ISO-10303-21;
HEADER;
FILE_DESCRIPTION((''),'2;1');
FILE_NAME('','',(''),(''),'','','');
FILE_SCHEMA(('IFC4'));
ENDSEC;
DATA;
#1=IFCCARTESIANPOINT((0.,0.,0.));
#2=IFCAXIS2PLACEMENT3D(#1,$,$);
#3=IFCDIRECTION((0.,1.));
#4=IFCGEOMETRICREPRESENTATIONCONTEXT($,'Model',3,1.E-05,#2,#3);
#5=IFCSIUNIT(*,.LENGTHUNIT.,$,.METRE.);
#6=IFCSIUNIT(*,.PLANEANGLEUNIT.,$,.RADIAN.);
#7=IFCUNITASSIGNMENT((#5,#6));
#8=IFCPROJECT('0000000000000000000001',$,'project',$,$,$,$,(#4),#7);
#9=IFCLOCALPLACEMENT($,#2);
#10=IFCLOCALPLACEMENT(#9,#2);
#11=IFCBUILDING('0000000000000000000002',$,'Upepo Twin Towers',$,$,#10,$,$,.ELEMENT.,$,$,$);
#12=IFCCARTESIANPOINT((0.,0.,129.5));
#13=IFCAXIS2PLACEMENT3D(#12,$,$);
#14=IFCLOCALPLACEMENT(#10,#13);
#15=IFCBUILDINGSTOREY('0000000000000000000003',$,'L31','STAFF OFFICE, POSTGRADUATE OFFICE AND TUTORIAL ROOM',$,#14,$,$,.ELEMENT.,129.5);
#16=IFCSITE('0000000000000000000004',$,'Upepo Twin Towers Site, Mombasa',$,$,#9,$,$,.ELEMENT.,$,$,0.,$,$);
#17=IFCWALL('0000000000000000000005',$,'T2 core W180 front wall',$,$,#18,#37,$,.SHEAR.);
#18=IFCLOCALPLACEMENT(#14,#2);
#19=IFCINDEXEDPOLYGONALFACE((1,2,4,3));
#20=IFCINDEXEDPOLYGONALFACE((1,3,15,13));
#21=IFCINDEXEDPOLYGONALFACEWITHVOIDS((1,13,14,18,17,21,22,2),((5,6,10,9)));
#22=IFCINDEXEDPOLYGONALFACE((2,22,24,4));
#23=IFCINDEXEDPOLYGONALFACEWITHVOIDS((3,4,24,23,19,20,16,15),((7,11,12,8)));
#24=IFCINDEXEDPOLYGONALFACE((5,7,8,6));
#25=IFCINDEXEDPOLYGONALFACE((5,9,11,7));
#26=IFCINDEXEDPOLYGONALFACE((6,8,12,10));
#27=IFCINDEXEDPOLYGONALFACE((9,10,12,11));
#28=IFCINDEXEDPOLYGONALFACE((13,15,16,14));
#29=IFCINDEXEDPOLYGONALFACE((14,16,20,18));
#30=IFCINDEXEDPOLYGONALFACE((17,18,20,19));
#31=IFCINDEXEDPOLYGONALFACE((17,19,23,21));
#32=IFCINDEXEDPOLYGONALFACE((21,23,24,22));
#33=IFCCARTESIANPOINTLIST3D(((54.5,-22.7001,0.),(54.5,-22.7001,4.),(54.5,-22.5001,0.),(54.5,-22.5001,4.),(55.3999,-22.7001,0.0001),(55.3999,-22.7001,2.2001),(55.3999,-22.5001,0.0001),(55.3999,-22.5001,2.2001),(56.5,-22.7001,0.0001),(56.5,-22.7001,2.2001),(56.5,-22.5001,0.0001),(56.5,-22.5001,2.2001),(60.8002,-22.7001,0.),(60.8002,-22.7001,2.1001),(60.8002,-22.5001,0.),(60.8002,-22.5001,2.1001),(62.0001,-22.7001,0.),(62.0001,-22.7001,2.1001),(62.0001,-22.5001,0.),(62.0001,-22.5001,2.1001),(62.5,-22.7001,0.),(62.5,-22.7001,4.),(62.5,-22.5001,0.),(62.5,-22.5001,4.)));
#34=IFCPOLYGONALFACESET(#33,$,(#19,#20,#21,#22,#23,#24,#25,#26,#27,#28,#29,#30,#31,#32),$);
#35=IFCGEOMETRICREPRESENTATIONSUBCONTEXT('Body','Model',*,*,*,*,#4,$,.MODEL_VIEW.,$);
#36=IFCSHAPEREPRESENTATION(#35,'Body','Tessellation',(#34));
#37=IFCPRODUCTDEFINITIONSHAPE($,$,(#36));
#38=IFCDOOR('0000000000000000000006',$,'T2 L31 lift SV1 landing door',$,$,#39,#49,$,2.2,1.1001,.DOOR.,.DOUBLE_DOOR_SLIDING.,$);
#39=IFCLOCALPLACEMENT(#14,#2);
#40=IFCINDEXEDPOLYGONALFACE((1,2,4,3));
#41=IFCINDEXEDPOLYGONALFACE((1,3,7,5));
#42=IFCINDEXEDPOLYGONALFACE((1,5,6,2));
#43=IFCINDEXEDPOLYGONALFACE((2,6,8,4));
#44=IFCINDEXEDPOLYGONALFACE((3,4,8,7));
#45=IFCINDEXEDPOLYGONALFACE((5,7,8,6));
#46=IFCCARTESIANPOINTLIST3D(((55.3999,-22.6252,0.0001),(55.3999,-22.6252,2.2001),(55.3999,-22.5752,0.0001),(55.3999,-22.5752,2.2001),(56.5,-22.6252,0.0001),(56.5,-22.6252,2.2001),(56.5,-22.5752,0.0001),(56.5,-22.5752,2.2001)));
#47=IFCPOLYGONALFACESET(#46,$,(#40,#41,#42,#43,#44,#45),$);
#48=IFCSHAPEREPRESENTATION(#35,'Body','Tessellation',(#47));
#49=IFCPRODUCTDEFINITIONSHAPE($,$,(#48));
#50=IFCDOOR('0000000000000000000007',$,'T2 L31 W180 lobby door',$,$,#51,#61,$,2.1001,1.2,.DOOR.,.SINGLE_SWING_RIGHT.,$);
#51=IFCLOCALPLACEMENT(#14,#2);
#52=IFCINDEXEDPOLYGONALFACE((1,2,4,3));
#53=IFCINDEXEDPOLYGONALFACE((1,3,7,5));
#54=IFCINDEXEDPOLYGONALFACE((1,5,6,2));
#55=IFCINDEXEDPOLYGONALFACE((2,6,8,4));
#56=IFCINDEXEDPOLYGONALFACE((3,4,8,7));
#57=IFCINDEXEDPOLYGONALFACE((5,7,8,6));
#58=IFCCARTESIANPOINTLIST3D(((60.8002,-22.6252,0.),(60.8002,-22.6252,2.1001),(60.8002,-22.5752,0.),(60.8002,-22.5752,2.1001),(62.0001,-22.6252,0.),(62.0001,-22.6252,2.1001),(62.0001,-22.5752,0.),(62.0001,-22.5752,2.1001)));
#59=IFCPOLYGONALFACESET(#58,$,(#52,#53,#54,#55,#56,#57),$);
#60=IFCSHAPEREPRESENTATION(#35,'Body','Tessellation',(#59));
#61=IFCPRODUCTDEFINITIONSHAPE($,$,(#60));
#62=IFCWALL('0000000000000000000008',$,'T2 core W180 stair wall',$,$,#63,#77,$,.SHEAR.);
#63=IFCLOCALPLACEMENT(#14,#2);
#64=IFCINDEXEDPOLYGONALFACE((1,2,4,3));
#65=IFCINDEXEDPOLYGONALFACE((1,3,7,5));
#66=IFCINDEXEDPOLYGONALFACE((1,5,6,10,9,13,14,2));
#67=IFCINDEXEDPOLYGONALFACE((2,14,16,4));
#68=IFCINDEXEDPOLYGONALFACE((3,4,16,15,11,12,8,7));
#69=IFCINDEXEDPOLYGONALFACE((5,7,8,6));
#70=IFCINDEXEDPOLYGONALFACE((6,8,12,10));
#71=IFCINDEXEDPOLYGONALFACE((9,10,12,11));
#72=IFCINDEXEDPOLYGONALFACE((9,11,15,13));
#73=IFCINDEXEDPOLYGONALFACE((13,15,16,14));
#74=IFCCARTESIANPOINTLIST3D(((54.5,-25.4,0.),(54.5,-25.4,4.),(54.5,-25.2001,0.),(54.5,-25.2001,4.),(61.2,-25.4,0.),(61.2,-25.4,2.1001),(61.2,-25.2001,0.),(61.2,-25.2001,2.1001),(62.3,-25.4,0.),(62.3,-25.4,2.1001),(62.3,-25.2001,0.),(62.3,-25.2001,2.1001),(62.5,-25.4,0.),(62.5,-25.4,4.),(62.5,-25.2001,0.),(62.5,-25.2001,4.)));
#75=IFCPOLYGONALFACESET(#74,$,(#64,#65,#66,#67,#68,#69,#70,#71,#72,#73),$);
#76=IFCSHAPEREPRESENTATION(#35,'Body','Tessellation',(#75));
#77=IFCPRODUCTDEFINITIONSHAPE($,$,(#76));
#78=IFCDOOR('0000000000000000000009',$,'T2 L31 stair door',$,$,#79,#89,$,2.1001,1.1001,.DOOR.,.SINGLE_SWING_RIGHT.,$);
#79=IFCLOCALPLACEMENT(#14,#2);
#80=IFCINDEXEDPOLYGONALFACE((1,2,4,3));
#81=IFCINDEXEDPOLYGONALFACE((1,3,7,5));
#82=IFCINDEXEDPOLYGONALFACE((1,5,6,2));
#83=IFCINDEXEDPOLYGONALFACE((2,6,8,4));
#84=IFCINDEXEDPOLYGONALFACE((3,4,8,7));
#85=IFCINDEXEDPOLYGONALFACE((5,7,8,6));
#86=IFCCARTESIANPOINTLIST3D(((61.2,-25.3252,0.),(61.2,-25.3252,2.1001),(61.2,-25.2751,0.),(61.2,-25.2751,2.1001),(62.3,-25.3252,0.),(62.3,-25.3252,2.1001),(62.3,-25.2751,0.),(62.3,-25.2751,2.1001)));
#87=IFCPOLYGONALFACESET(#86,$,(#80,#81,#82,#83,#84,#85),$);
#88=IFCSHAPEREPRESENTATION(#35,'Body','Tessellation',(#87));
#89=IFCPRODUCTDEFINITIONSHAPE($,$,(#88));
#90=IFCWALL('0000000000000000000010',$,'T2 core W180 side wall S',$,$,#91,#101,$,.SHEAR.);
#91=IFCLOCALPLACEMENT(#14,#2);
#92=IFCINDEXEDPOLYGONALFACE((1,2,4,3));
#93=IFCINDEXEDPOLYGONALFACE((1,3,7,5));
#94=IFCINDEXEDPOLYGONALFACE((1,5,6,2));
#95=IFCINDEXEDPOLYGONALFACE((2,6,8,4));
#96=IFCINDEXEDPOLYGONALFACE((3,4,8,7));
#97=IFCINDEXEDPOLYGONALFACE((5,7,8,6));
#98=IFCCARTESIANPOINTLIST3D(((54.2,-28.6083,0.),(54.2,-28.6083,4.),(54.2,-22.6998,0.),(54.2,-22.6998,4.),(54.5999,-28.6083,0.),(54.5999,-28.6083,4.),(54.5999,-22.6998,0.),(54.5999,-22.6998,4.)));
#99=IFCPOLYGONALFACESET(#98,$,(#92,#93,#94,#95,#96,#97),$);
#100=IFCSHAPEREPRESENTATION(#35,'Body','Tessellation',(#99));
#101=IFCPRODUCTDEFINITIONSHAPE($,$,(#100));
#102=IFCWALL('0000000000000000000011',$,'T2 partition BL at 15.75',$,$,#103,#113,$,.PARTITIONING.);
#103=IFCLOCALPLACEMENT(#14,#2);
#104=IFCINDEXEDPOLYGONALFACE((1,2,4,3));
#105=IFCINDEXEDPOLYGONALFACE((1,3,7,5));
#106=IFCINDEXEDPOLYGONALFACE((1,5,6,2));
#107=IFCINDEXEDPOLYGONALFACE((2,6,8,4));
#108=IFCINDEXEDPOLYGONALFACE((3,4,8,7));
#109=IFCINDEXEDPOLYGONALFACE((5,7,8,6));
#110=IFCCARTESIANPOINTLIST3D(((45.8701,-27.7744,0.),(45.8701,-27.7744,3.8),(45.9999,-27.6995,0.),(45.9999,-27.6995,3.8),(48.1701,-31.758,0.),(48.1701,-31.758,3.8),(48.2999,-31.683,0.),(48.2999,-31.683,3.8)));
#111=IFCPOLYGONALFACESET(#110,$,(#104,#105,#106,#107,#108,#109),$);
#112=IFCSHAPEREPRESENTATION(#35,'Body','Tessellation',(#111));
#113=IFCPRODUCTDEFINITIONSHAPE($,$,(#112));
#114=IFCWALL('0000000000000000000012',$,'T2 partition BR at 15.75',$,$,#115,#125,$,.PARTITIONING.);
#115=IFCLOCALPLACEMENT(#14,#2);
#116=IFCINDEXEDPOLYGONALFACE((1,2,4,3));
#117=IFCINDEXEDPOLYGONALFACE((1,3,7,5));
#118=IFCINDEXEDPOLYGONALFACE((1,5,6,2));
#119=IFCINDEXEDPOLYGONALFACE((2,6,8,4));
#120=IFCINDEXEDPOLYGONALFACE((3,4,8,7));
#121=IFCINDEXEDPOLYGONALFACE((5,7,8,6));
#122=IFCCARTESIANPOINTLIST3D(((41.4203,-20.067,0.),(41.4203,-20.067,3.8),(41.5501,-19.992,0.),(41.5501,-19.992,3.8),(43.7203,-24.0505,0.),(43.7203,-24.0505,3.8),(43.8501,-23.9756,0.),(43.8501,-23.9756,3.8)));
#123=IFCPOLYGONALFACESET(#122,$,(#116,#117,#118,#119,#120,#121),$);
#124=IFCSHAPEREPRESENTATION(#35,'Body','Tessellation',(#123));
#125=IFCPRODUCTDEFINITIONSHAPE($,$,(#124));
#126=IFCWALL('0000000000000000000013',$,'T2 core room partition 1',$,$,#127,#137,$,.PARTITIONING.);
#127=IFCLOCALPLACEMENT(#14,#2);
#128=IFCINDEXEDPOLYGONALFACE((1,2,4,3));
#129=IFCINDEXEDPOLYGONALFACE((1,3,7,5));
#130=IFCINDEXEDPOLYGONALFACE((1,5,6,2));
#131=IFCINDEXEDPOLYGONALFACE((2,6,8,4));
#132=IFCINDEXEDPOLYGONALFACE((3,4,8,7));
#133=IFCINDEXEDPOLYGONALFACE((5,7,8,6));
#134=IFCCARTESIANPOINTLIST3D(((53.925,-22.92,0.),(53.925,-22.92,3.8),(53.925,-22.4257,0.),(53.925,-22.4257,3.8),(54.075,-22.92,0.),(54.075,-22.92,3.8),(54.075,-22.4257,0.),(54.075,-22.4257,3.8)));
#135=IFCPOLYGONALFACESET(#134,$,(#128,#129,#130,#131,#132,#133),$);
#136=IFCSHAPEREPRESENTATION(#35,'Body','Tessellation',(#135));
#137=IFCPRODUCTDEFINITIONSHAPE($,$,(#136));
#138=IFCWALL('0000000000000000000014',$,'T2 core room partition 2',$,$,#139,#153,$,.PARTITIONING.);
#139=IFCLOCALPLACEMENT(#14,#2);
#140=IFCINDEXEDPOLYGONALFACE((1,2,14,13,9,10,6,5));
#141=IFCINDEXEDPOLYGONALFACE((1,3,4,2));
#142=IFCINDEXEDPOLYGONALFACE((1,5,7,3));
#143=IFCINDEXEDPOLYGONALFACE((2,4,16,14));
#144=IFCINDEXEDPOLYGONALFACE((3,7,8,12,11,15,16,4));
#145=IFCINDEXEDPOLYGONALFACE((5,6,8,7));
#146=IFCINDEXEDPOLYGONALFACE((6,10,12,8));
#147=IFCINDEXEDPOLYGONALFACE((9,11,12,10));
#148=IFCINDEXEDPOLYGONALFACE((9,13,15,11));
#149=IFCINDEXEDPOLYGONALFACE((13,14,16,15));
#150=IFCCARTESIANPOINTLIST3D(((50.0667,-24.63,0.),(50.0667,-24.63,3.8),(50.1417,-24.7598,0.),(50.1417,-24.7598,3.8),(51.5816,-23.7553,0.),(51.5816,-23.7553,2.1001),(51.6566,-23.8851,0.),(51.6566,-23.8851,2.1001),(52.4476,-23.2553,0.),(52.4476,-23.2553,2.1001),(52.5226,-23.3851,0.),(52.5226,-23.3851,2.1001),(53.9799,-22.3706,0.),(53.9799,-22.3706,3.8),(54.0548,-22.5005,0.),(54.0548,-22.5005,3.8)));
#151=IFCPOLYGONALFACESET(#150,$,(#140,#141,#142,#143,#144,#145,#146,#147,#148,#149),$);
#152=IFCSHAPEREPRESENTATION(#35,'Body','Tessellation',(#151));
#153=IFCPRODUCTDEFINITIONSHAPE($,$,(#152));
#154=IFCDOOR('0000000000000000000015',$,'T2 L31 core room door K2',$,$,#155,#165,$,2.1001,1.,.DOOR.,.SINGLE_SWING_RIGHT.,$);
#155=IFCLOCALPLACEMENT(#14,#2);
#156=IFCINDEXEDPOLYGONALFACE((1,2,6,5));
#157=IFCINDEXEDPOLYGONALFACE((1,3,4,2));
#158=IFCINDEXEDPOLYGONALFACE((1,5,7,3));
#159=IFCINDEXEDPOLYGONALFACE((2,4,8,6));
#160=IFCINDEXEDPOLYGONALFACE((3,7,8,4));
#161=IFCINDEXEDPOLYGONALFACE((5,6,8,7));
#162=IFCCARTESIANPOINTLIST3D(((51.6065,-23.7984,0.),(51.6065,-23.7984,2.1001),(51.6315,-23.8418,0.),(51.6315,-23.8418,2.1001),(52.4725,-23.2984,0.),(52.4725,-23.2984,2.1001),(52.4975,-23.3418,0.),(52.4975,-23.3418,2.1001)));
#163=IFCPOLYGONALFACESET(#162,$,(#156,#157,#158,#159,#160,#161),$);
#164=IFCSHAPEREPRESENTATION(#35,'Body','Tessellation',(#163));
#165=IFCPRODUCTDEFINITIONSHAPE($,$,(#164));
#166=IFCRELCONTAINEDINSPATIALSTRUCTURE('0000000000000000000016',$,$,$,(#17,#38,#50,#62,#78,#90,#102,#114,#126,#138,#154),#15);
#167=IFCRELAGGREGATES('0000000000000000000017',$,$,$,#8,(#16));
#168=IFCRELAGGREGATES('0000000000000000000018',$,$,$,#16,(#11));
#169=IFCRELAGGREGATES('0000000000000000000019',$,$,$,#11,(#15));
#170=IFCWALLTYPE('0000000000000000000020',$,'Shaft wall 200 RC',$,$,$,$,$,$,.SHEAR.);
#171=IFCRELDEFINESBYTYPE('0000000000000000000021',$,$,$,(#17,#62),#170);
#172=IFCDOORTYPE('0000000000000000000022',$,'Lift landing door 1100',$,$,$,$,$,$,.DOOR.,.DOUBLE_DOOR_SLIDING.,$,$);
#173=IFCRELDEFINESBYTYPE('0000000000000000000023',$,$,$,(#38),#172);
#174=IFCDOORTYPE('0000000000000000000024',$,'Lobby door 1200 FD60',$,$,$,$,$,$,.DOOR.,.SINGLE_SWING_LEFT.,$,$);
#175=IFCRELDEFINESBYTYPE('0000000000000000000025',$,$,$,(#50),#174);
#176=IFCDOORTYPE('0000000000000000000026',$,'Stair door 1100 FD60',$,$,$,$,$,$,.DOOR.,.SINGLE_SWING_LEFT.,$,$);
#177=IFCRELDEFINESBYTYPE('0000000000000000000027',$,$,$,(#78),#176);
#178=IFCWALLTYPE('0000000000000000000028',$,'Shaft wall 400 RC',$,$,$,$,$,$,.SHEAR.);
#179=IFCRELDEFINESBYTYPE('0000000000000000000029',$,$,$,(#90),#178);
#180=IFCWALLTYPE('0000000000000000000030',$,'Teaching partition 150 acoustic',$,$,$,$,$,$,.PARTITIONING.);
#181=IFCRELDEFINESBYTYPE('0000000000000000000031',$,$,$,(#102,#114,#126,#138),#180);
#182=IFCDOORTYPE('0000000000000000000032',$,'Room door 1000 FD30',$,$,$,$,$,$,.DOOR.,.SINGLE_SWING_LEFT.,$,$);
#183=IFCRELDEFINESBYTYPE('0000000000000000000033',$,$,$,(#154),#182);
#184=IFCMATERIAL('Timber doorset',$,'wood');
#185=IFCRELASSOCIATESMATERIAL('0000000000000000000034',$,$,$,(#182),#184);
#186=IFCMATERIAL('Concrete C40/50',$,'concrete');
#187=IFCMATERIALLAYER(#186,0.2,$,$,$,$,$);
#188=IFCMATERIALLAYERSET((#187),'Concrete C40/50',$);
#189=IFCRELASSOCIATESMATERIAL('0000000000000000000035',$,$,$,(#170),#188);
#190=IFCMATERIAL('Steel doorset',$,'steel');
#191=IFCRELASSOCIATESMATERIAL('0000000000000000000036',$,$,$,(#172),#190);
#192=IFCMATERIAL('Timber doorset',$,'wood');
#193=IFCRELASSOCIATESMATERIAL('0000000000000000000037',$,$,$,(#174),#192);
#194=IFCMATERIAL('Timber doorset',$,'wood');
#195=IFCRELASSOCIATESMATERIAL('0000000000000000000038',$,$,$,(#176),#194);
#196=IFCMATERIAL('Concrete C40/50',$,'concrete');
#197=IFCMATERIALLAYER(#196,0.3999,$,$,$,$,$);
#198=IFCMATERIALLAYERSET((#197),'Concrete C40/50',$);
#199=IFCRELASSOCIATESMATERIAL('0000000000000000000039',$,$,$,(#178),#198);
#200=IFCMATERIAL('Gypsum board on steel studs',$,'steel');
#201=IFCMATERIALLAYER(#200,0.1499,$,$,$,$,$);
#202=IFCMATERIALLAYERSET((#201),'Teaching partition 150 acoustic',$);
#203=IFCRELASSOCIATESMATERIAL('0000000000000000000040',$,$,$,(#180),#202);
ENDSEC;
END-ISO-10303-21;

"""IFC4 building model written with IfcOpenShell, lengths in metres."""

from ifc_helpers import new_model, si_unit, direction, frame, frame_2d, origin, place, context, subcontext, project, spatial, rectangle, extrude, material, layer, layer_set, type_object, element, fill, save


model = new_model("IFC4")

# Units and contexts
model_context = context("Model", 3, precision=1e-05, world=origin(), true_north=direction((0.0, 1.0)))
body_context = subcontext(model_context, "Body", "Model", "MODEL_VIEW")
ifc_project = project(units=[si_unit("LENGTHUNIT", "METRE"), si_unit("PLANEANGLEUNIT", "RADIAN")], contexts=[model_context])

# Site, building, storey
site_placement = place(None, origin())
site = spatial("IfcSite", under=ifc_project, at=site_placement, Name="Upepo Twin Towers Site, Mombasa", CompositionType="ELEMENT", RefElevation=0.0)
building_placement = place(site_placement, origin())
building = spatial("IfcBuilding", under=site, at=building_placement, Name="Upepo Twin Towers", CompositionType="ELEMENT")
storey_placement = place(building_placement, frame((0.0, 0.0, 129.5)))
storey = spatial("IfcBuildingStorey", under=building, at=storey_placement, Name="L31", Description="STAFF OFFICE, POSTGRADUATE OFFICE AND TUTORIAL ROOM", CompositionType="ELEMENT", Elevation=129.5)

# Shared definitions
ifc_material_1 = material(Name="Timber doorset", Category="wood")
door_type_1 = type_object("IfcDoorType", Name="Room door 1000 FD30", OperationType="SINGLE_SWING_LEFT", PredefinedType="DOOR", material=ifc_material_1)

# Wall, openings, doors
ifc_material_2 = material(Name="Concrete C40/50", Category="concrete")
ifc_layer_1 = layer(ifc_material_2, 0.2)
ifc_layer_set_1 = layer_set([ifc_layer_1], Name="Concrete C40/50")
wall_type_1 = type_object("IfcWallType", Name="Shaft wall 200 RC", PredefinedType="SHEAR", material=ifc_layer_set_1)
wall_1_placement = place(storey_placement, frame((54.5, -22.6001, 0.0), z_axis=(0.0, 0.0, 1.0), x_axis=(1.0, 0.0, 0.0)))
wall_1 = element("IfcWall", 1, at=wall_1_placement, inside=storey, type_object=wall_type_1, Name="T2 core W180 front wall", PredefinedType="SHEAR", context=body_context, shape_type="SweptSolid", body=[
    extrude(rectangle(XDim=8.0, YDim=0.2, at=frame_2d((4.0, 0.0))), origin(), (0.0, 0.0, 1.0), 4.0),
])
opening_1_placement = place(wall_1_placement, frame((6.3, 0.0, 0.0)))
opening_1 = element("IfcOpeningElement", 2, at=opening_1_placement, cuts=wall_1, PredefinedType="OPENING", context=body_context, shape_type="SweptSolid", body=[
    extrude(rectangle(XDim=1.2, YDim=2.1001, at=frame_2d((0.6001, 1.05))), frame((0.0, 0.1099, 0.0), z_axis=(0.0, -1.0, 0.0), x_axis=(1.0, 0.0, 0.0)), (0.0, 0.0, 1.0), 0.22),
])
opening_2_placement = place(wall_1_placement, frame((0.8999, 0.0, 0.0)))
opening_2 = element("IfcOpeningElement", 3, at=opening_2_placement, cuts=wall_1, PredefinedType="OPENING", context=body_context, shape_type="SweptSolid", body=[
    extrude(rectangle(XDim=1.1001, YDim=2.2, at=frame_2d((0.55, 1.1001))), frame((0.0, 0.1099, 0.0), z_axis=(0.0, -1.0, 0.0), x_axis=(1.0, 0.0, 0.0)), (0.0, 0.0, 1.0), 0.22),
])
ifc_material_3 = material(Name="Steel doorset", Category="steel")
door_type_2 = type_object("IfcDoorType", Name="Lift landing door 1100", OperationType="DOUBLE_DOOR_SLIDING", PredefinedType="DOOR", material=ifc_material_3)
door_1_placement = place(opening_2_placement, origin())
door_1 = element("IfcDoor", 4, at=door_1_placement, inside=storey, type_object=door_type_2, Name="T2 L31 lift SV1 landing door", OperationType="DOUBLE_DOOR_SLIDING", OverallHeight=2.2, OverallWidth=1.1001, PredefinedType="DOOR", context=body_context, shape_type="SweptSolid", body=[
    extrude(rectangle(XDim=1.1001, YDim=2.2, at=frame_2d((0.55, 1.1001))), frame((0.0, 0.0249, 0.0), z_axis=(0.0, -1.0, 0.0), x_axis=(1.0, 0.0, 0.0)), (0.0, 0.0, 1.0), 0.05),
])
fill(opening_2, door_1)
ifc_material_4 = material(Name="Timber doorset", Category="wood")
door_type_3 = type_object("IfcDoorType", Name="Lobby door 1200 FD60", OperationType="SINGLE_SWING_LEFT", PredefinedType="DOOR", material=ifc_material_4)
door_2_placement = place(opening_1_placement, origin())
door_2 = element("IfcDoor", 5, at=door_2_placement, inside=storey, type_object=door_type_3, Name="T2 L31 W180 lobby door", OperationType="SINGLE_SWING_RIGHT", OverallHeight=2.1001, OverallWidth=1.2, PredefinedType="DOOR", context=body_context, shape_type="SweptSolid", body=[
    extrude(rectangle(XDim=1.2, YDim=2.1001, at=frame_2d((0.6001, 1.05))), frame((0.0, 0.0249, 0.0), z_axis=(0.0, -1.0, 0.0), x_axis=(1.0, 0.0, 0.0)), (0.0, 0.0, 1.0), 0.05),
])
fill(opening_1, door_2)

# Wall, opening, door
wall_2_placement = place(storey_placement, frame((54.5, -25.3, 0.0), z_axis=(0.0, 0.0, 1.0), x_axis=(1.0, 0.0, 0.0)))
wall_2 = element("IfcWall", 6, at=wall_2_placement, inside=storey, type_object=wall_type_1, Name="T2 core W180 stair wall", PredefinedType="SHEAR", context=body_context, shape_type="SweptSolid", body=[
    extrude(rectangle(XDim=8.0, YDim=0.2, at=frame_2d((4.0, 0.0))), origin(), (0.0, 0.0, 1.0), 4.0),
])
opening_3_placement = place(wall_2_placement, frame((6.7, 0.0, 0.0)))
opening_3 = element("IfcOpeningElement", 7, at=opening_3_placement, cuts=wall_2, PredefinedType="OPENING", context=body_context, shape_type="SweptSolid", body=[
    extrude(rectangle(XDim=1.1001, YDim=2.1001, at=frame_2d((0.55, 1.05))), frame((0.0, 0.1099, 0.0), z_axis=(0.0, -1.0, 0.0), x_axis=(1.0, 0.0, 0.0)), (0.0, 0.0, 1.0), 0.22),
])
ifc_material_5 = material(Name="Timber doorset", Category="wood")
door_type_4 = type_object("IfcDoorType", Name="Stair door 1100 FD60", OperationType="SINGLE_SWING_LEFT", PredefinedType="DOOR", material=ifc_material_5)
door_3_placement = place(opening_3_placement, origin())
door_3 = element("IfcDoor", 8, at=door_3_placement, inside=storey, type_object=door_type_4, Name="T2 L31 stair door", OperationType="SINGLE_SWING_RIGHT", OverallHeight=2.1001, OverallWidth=1.1001, PredefinedType="DOOR", context=body_context, shape_type="SweptSolid", body=[
    extrude(rectangle(XDim=1.1001, YDim=2.1001, at=frame_2d((0.55, 1.05))), frame((0.0, 0.0249, 0.0), z_axis=(0.0, -1.0, 0.0), x_axis=(1.0, 0.0, 0.0)), (0.0, 0.0, 1.0), 0.05),
])
fill(opening_3, door_3)

# Walls
ifc_material_6 = material(Name="Concrete C40/50", Category="concrete")
ifc_layer_2 = layer(ifc_material_6, 0.3999)
ifc_layer_set_2 = layer_set([ifc_layer_2], Name="Concrete C40/50")
wall_type_2 = type_object("IfcWallType", Name="Shaft wall 400 RC", PredefinedType="SHEAR", material=ifc_layer_set_2)
wall_3_placement = place(storey_placement, frame((54.3999, -22.7, 0.0), z_axis=(0.0, 0.0, 1.0), x_axis=(0.0, -1.0, 0.0)))
element("IfcWall", 9, at=wall_3_placement, inside=storey, type_object=wall_type_2, Name="T2 core W180 side wall S", PredefinedType="SHEAR", context=body_context, shape_type="SweptSolid", body=[
    extrude(rectangle(XDim=5.9084, YDim=0.3999, at=frame_2d((2.9541, 0.0))), origin(), (0.0, 0.0, 1.0), 4.0),
])
ifc_material_7 = material(Name="Gypsum board on steel studs", Category="steel")
ifc_layer_3 = layer(ifc_material_7, 0.1499)
ifc_layer_set_3 = layer_set([ifc_layer_3], Name="Teaching partition 150 acoustic")
wall_type_3 = type_object("IfcWallType", Name="Teaching partition 150 acoustic", PredefinedType="PARTITIONING", material=ifc_layer_set_3)
for number, where, z_axis, x_axis, name in (
    (10, (45.9351, -27.7371, 0.0), (0.0, 0.0, 1.0), (0.500015, -0.866017, 0.0), "T2 partition BL at 15.75"),
    (11, (43.7852, -24.0129, 0.0), (0.0, 0.0, 1.0), (-0.500015, 0.866017, 0.0), "T2 partition BR at 15.75"),
):
    element("IfcWall", number, at=place(storey_placement, frame(where, z_axis=z_axis, x_axis=x_axis)), inside=storey, type_object=wall_type_3, Name=name, PredefinedType="PARTITIONING", context=body_context, shape_type="SweptSolid", body=[
        extrude(rectangle(XDim=4.5999, YDim=0.1499, at=frame_2d((2.2998, 0.0))), origin(), (0.0, 0.0, 1.0), 3.8),
    ])
wall_4_placement = place(storey_placement, frame((54.0, -22.9199, 0.0), z_axis=(0.0, 0.0, 1.0), x_axis=(0.0, 1.0, 0.0)))
element("IfcWall", 12, at=wall_4_placement, inside=storey, type_object=wall_type_3, Name="T2 core room partition 1", PredefinedType="PARTITIONING", context=body_context, shape_type="SweptSolid", body=[
    extrude(rectangle(XDim=0.4944, YDim=0.1499, at=frame_2d((0.2471, 0.0))), origin(), (0.0, 0.0, 1.0), 3.8),
])

# Wall, opening, door
wall_5_placement = place(storey_placement, frame((54.0173, -22.4355, 0.0), z_axis=(0.0, 0.0, 1.0), x_axis=(-0.86602, -0.500009, 0.0)))
wall_5 = element("IfcWall", 13, at=wall_5_placement, inside=storey, type_object=wall_type_3, Name="T2 core room partition 2", PredefinedType="PARTITIONING", context=body_context, shape_type="SweptSolid", body=[
    extrude(rectangle(XDim=4.5186, YDim=0.1499, at=frame_2d((2.2593, 0.0))), origin(), (0.0, 0.0, 1.0), 3.8),
])
opening_4_placement = place(wall_5_placement, frame((1.7693, 0.0, 0.0)))
opening_4 = element("IfcOpeningElement", 14, at=opening_4_placement, cuts=wall_5, PredefinedType="OPENING", context=body_context, shape_type="SweptSolid", body=[
    extrude(rectangle(XDim=1.0, YDim=2.1001, at=frame_2d((0.5, 1.05))), frame((0.0, 0.085, 0.0), z_axis=(0.0, -1.0, 0.0), x_axis=(1.0, 0.0, 0.0)), (0.0, 0.0, 1.0), 0.1699),
])
door_4_placement = place(opening_4_placement, origin())
door_4 = element("IfcDoor", 15, at=door_4_placement, inside=storey, type_object=door_type_1, Name="T2 L31 core room door K2", OperationType="SINGLE_SWING_RIGHT", OverallHeight=2.1001, OverallWidth=1.0, PredefinedType="DOOR", context=body_context, shape_type="SweptSolid", body=[
    extrude(rectangle(XDim=1.0, YDim=2.1001, at=frame_2d((0.5, 1.05))), frame((0.0, 0.0249, 0.0), z_axis=(0.0, -1.0, 0.0), x_axis=(1.0, 0.0, 0.0)), (0.0, 0.0, 1.0), 0.05),
])
fill(opening_4, door_4)

save(model, "model.ifc")
